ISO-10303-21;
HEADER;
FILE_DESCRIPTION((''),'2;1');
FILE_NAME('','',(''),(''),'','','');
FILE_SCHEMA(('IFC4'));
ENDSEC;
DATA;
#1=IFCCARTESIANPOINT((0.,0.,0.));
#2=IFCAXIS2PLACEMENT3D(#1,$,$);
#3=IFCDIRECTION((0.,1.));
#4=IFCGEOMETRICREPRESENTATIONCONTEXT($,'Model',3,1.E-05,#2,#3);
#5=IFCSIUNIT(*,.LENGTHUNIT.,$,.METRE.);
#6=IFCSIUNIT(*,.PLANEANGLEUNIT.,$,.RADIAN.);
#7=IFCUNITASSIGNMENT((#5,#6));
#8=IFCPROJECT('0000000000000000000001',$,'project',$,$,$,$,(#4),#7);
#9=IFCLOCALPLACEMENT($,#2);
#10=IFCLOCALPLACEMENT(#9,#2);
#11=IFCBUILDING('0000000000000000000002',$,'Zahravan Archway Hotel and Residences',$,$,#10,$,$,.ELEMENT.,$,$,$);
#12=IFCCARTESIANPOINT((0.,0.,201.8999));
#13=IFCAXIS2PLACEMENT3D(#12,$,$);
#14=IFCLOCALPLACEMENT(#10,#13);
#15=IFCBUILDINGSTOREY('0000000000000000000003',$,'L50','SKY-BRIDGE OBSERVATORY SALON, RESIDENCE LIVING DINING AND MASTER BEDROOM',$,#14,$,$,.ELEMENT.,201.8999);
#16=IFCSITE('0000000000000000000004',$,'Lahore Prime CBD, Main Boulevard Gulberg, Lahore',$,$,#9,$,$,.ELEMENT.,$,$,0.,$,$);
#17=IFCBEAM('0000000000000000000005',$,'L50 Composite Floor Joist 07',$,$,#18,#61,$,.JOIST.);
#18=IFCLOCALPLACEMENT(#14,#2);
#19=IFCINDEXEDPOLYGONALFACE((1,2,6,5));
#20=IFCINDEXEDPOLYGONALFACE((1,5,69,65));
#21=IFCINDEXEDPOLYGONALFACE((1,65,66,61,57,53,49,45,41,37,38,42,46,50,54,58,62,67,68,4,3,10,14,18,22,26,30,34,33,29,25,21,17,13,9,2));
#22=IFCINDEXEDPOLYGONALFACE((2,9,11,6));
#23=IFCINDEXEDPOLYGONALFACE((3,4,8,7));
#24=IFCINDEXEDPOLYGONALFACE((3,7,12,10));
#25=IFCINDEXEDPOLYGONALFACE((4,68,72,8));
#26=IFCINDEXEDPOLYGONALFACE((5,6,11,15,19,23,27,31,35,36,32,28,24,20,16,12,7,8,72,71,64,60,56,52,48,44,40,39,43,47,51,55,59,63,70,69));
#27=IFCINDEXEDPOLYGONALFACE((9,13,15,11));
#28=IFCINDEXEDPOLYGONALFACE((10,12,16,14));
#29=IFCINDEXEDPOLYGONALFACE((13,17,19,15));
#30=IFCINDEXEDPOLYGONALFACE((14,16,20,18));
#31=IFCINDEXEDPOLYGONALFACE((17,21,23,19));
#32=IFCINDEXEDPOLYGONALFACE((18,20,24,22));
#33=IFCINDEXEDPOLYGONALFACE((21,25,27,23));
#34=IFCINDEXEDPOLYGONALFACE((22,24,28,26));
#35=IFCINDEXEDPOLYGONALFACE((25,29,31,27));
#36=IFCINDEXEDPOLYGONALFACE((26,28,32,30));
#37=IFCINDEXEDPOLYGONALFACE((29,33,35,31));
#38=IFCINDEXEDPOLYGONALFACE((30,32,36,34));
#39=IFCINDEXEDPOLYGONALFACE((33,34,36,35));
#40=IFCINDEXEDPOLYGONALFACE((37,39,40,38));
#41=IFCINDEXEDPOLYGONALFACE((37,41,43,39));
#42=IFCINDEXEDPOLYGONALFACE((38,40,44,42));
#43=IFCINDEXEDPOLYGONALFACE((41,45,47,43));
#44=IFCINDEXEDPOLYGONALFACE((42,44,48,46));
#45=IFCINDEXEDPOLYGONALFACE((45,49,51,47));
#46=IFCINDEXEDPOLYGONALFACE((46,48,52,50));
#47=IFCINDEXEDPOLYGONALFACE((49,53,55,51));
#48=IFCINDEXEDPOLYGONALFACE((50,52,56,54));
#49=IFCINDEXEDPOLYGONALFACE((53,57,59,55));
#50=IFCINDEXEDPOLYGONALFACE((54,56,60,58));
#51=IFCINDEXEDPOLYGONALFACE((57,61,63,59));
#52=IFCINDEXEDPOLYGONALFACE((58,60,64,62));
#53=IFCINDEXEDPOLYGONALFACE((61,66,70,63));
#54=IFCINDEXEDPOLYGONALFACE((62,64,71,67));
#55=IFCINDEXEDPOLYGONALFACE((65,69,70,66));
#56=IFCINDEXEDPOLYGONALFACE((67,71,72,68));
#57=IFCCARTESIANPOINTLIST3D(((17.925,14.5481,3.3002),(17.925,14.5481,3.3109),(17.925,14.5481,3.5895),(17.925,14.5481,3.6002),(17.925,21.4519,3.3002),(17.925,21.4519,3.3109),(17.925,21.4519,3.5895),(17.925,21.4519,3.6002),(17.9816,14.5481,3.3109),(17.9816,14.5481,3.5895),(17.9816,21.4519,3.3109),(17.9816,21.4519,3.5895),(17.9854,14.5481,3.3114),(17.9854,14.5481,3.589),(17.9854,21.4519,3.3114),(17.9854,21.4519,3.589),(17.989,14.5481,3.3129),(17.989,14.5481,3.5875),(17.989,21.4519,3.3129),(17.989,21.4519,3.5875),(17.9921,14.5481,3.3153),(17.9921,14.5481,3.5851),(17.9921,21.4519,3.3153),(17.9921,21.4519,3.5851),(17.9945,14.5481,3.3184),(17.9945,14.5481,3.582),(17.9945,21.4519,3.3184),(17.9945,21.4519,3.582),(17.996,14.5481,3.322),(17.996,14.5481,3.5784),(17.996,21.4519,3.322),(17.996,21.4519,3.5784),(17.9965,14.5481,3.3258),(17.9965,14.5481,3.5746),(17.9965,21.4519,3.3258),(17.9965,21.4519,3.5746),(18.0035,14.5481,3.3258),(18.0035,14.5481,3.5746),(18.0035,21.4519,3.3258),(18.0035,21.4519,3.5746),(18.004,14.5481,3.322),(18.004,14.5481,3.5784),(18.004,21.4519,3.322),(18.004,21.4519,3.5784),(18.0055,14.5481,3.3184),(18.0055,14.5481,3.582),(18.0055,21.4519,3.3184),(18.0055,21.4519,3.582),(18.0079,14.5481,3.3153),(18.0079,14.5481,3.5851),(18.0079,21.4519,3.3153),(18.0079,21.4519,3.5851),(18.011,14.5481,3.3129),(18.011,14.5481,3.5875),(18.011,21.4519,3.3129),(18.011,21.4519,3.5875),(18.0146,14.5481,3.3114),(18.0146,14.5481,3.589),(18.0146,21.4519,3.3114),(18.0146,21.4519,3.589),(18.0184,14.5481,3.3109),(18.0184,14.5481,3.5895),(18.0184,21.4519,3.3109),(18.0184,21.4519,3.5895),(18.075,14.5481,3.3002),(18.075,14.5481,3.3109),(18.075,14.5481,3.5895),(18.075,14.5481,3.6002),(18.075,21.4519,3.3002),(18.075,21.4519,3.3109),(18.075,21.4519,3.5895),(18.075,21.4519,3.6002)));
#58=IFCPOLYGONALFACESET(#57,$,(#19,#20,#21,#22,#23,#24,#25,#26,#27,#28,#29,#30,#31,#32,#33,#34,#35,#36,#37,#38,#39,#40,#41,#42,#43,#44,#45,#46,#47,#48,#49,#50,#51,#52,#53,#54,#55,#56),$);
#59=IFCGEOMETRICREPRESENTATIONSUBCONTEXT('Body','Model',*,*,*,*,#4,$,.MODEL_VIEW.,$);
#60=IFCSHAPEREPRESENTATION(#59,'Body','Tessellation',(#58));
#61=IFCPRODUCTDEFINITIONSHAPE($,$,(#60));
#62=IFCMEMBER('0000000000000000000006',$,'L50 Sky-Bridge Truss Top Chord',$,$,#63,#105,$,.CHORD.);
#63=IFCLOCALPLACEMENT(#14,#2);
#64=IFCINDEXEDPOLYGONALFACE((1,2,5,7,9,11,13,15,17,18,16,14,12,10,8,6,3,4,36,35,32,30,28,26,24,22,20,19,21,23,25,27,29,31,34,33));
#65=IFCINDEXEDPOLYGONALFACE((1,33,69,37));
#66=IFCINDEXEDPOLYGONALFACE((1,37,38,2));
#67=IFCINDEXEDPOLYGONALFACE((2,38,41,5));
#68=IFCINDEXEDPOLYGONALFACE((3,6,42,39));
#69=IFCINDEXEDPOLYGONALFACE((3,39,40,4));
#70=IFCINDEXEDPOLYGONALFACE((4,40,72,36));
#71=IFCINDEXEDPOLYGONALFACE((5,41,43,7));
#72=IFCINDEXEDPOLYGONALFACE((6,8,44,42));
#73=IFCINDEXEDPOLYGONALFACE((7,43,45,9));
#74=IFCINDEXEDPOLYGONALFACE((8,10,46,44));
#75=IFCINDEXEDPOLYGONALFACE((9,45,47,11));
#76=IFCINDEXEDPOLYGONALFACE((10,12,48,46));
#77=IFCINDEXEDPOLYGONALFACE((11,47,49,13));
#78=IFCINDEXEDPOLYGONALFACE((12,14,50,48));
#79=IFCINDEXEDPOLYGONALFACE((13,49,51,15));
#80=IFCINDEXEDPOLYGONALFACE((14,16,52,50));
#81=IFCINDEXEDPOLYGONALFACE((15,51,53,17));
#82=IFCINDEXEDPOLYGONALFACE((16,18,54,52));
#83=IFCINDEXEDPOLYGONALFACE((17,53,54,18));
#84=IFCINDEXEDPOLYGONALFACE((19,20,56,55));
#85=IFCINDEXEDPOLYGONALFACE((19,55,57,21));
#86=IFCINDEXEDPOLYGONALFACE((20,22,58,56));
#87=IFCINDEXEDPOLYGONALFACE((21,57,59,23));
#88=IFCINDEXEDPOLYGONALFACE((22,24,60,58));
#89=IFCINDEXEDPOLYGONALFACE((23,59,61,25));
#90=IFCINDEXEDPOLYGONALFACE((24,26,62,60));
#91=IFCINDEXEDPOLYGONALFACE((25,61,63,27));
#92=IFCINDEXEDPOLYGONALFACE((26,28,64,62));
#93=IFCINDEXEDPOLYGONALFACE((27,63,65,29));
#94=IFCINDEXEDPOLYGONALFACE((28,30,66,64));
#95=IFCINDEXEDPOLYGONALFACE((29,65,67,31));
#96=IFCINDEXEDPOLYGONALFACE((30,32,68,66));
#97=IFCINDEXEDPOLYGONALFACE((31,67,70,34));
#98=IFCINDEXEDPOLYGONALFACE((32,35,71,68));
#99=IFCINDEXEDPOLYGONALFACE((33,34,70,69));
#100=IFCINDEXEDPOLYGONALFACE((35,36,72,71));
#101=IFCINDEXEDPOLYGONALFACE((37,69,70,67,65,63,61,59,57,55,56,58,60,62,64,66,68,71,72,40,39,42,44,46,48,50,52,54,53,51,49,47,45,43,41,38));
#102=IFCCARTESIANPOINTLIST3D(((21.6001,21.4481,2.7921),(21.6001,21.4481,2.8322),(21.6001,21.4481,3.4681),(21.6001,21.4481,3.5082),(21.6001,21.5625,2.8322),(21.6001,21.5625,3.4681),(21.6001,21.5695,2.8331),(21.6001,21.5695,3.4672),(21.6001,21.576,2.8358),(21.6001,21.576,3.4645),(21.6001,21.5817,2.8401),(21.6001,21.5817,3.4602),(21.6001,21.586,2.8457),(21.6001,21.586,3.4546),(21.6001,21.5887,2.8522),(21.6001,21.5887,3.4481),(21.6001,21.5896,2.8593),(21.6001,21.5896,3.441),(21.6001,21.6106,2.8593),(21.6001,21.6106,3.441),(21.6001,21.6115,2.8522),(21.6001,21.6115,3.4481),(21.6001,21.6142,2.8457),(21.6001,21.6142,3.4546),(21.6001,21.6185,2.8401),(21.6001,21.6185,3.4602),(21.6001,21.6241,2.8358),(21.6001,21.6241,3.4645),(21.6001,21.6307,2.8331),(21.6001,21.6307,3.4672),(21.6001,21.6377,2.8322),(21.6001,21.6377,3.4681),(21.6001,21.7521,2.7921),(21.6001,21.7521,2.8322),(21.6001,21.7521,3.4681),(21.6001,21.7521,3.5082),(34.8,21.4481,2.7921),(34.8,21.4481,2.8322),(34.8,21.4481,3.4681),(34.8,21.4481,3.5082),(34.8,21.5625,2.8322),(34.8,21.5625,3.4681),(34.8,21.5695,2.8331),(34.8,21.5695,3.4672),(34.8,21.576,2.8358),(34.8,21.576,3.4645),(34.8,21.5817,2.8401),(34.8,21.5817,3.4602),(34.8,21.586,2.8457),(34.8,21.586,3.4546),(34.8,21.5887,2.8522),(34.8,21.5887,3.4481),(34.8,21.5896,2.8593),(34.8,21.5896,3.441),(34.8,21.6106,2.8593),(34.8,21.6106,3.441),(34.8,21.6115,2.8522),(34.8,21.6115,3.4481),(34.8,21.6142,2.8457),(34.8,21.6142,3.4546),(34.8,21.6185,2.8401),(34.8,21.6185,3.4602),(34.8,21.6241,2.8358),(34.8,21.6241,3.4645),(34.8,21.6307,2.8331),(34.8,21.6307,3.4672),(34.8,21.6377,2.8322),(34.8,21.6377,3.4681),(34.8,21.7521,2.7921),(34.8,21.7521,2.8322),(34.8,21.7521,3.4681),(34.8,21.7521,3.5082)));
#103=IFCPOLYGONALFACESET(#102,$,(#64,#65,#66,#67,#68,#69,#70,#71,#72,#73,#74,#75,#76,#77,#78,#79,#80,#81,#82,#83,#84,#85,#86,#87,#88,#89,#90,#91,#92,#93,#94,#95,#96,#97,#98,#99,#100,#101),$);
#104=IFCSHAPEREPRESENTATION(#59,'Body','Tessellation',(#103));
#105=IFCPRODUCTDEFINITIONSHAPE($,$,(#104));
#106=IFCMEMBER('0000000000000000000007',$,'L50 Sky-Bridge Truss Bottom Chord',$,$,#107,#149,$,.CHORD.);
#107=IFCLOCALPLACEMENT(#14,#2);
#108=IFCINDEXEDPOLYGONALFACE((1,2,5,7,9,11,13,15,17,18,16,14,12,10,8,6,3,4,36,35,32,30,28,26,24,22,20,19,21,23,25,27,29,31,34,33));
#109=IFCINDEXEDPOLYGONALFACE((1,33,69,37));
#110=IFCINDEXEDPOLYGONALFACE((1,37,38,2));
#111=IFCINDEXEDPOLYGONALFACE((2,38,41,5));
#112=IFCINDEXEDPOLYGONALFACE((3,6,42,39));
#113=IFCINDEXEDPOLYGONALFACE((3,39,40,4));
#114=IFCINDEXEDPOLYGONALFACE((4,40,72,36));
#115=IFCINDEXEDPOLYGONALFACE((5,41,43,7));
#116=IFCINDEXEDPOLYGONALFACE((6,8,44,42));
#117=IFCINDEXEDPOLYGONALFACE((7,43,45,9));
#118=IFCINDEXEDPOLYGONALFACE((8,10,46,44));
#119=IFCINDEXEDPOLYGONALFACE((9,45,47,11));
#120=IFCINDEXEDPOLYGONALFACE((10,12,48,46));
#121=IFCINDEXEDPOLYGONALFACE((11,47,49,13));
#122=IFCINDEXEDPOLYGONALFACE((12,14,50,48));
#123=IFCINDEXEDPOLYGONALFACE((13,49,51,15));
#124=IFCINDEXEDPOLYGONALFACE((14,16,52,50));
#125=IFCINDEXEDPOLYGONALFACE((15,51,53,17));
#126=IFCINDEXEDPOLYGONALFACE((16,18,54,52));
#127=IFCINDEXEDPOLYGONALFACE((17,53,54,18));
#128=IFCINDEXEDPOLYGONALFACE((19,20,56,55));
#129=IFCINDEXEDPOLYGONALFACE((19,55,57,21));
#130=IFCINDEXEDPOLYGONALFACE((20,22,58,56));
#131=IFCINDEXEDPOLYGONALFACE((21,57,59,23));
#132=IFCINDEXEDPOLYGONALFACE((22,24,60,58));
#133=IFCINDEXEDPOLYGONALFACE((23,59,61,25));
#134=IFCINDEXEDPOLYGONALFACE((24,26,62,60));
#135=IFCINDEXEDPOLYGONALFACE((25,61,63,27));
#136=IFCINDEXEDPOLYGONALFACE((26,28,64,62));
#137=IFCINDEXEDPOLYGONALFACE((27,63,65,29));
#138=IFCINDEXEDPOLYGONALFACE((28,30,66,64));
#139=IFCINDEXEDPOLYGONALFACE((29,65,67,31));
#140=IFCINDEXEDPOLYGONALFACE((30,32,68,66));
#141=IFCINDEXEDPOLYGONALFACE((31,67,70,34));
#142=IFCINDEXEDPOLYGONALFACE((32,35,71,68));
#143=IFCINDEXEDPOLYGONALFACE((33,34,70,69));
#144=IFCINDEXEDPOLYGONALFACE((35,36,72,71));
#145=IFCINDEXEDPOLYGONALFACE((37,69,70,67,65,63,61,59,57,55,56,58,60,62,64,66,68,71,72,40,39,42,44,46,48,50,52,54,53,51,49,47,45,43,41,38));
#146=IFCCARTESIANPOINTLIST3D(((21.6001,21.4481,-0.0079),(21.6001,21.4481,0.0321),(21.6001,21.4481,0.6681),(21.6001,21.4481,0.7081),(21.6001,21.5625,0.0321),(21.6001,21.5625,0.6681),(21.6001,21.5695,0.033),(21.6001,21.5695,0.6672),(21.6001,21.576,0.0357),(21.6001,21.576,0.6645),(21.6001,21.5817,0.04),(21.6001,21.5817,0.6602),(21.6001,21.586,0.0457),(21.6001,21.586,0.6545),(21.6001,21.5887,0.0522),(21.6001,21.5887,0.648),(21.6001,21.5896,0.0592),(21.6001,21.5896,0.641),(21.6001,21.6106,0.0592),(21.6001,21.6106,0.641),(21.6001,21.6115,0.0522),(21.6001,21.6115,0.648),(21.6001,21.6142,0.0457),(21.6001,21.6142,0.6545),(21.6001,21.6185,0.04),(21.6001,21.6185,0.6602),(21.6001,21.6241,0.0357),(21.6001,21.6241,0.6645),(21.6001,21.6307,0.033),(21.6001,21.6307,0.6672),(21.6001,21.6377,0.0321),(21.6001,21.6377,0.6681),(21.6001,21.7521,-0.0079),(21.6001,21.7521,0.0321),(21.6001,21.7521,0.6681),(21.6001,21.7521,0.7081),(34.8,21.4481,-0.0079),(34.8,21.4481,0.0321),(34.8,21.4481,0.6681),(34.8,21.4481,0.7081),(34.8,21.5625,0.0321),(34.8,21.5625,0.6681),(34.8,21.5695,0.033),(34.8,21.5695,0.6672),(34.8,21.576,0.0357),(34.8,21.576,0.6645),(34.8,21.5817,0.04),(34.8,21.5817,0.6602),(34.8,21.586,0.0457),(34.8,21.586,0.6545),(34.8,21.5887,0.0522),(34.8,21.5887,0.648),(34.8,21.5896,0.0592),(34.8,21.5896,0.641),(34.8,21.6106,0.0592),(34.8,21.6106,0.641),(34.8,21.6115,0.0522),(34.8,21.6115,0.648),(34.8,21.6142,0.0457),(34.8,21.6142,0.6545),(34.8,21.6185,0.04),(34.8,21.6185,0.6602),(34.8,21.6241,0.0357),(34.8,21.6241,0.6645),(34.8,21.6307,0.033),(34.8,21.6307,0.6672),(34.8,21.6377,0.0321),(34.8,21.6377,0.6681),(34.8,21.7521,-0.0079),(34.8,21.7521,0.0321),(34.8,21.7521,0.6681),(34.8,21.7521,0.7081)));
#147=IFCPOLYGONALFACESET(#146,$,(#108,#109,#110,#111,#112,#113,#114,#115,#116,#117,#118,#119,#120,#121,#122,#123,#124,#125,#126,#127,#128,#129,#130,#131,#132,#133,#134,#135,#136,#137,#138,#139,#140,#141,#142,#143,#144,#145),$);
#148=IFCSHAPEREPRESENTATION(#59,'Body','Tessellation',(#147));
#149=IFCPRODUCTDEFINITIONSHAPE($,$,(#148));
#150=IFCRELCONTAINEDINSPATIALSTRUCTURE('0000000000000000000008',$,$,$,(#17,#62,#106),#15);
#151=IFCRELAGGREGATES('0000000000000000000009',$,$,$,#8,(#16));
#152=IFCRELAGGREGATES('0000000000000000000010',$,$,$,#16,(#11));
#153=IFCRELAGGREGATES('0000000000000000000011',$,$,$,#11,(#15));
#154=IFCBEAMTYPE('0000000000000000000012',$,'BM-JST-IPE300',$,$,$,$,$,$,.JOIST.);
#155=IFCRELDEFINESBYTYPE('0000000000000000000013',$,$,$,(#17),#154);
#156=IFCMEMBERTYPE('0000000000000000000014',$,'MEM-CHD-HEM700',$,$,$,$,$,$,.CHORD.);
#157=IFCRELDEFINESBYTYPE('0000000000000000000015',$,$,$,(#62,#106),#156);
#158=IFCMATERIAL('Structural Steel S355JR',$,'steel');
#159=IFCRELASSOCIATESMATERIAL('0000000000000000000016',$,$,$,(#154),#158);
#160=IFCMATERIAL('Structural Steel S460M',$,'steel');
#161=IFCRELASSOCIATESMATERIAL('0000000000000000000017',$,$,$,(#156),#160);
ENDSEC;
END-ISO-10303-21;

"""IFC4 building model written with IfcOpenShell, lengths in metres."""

from ifc_helpers import new_model, si_unit, direction, frame, origin, origin_2d, place, context, subcontext, project, spatial, i_section, extrude, source, transform, mapped, material, material_profile, profile_set, type_object, type_shapes, element, save


model = new_model("IFC4")

# Units and contexts
model_context = context("Model", 3, precision=1e-05, world=origin(), true_north=direction((0.0, 1.0)))
body_context = subcontext(model_context, "Body", "Model", "MODEL_VIEW")
ifc_project = project(units=[si_unit("LENGTHUNIT", "METRE"), si_unit("PLANEANGLEUNIT", "RADIAN")], contexts=[model_context])

# Site, building, storey
site_placement = place(None, origin())
site = spatial("IfcSite", under=ifc_project, at=site_placement, Name="Lahore Prime CBD, Main Boulevard Gulberg, Lahore", CompositionType="ELEMENT", RefElevation=0.0)
building_placement = place(site_placement, origin())
building = spatial("IfcBuilding", under=site, at=building_placement, Name="Zahravan Archway Hotel and Residences", CompositionType="ELEMENT")
storey_placement = place(building_placement, frame((0.0, 0.0, 201.8999)))
storey = spatial("IfcBuildingStorey", under=building, at=storey_placement, Name="L50", Description="SKY-BRIDGE OBSERVATORY SALON, RESIDENCE LIVING DINING AND MASTER BEDROOM", CompositionType="ELEMENT", Elevation=201.8999)

# Beam
ifc_material_1 = material(Name="Structural Steel S355JR", Category="steel")
ifc_material_profile_1 = material_profile(ifc_material_1, i_section(OverallWidth=0.1499, OverallDepth=0.3, WebThickness=0.0071, FlangeThickness=0.0107, FilletRadius=0.0149, at=origin_2d()), Name="IPE 300", Category="steel")
ifc_profile_set_1 = profile_set([ifc_material_profile_1], Name="Structural Steel S355JR")
beam_type_1 = type_object("IfcBeamType", Name="BM-JST-IPE300", PredefinedType="JOIST", material=ifc_profile_set_1)
shared_shape_1 = source(origin(), body_context, "Body", "SweptSolid", [
    extrude(i_section(OverallWidth=0.1499, OverallDepth=0.3, WebThickness=0.0071, FlangeThickness=0.0107, FilletRadius=0.0149, at=origin_2d()), origin(), (0.0, 0.0, 1.0), 6.9038),
])
beam_1_placement = place(storey_placement, frame((18.0, 14.5481, 3.4502), z_axis=(0.0, 1.0, 0.0), x_axis=(-1.0, 0.0, 0.0)))
element("IfcBeam", 1, at=beam_1_placement, inside=storey, type_object=beam_type_1, Name="L50 Composite Floor Joist 07", PredefinedType="JOIST", context=body_context, shape_type="MappedRepresentation", body=[
    mapped(shared_shape_1, transform((0.0, 0.0, 0.0), scale=1.0)),
])

# Members
ifc_material_2 = material(Name="Structural Steel S460M", Category="steel")
ifc_material_profile_2 = material_profile(ifc_material_2, i_section(OverallWidth=0.304, OverallDepth=0.7161, WebThickness=0.021, FlangeThickness=0.04, FilletRadius=0.0271, at=origin_2d()), Name="HEM 700", Category="steel")
ifc_profile_set_2 = profile_set([ifc_material_profile_2], Name="Structural Steel S460M")
member_type_1 = type_object("IfcMemberType", Name="MEM-CHD-HEM700", PredefinedType="CHORD", material=ifc_profile_set_2)
shared_shape_2 = source(origin(), body_context, "Body", "SweptSolid", [
    extrude(i_section(OverallWidth=0.304, OverallDepth=0.7161, WebThickness=0.021, FlangeThickness=0.04, FilletRadius=0.0271, at=origin_2d()), origin(), (0.0, 0.0, 1.0), 13.2),
])
type_shapes(member_type_1, [shared_shape_2])
for number, where, z_axis, x_axis, name in (
    (2, (21.6001, 21.6001, 3.1501), (1.0, 0.0, 0.0), (0.0, 1.0, 0.0), "L50 Sky-Bridge Truss Top Chord"),
    (3, (21.6001, 21.6001, 0.3501), (1.0, 0.0, 0.0), (0.0, 1.0, 0.0), "L50 Sky-Bridge Truss Bottom Chord"),
):
    element("IfcMember", number, at=place(storey_placement, frame(where, z_axis=z_axis, x_axis=x_axis)), inside=storey, type_object=member_type_1, Name=name, PredefinedType="CHORD", context=body_context, shape_type="MappedRepresentation", body=[
        mapped(shared_shape_2, transform((0.0, 0.0, 0.0), scale=1.0)),
    ])

save(model, "model.ifc")
